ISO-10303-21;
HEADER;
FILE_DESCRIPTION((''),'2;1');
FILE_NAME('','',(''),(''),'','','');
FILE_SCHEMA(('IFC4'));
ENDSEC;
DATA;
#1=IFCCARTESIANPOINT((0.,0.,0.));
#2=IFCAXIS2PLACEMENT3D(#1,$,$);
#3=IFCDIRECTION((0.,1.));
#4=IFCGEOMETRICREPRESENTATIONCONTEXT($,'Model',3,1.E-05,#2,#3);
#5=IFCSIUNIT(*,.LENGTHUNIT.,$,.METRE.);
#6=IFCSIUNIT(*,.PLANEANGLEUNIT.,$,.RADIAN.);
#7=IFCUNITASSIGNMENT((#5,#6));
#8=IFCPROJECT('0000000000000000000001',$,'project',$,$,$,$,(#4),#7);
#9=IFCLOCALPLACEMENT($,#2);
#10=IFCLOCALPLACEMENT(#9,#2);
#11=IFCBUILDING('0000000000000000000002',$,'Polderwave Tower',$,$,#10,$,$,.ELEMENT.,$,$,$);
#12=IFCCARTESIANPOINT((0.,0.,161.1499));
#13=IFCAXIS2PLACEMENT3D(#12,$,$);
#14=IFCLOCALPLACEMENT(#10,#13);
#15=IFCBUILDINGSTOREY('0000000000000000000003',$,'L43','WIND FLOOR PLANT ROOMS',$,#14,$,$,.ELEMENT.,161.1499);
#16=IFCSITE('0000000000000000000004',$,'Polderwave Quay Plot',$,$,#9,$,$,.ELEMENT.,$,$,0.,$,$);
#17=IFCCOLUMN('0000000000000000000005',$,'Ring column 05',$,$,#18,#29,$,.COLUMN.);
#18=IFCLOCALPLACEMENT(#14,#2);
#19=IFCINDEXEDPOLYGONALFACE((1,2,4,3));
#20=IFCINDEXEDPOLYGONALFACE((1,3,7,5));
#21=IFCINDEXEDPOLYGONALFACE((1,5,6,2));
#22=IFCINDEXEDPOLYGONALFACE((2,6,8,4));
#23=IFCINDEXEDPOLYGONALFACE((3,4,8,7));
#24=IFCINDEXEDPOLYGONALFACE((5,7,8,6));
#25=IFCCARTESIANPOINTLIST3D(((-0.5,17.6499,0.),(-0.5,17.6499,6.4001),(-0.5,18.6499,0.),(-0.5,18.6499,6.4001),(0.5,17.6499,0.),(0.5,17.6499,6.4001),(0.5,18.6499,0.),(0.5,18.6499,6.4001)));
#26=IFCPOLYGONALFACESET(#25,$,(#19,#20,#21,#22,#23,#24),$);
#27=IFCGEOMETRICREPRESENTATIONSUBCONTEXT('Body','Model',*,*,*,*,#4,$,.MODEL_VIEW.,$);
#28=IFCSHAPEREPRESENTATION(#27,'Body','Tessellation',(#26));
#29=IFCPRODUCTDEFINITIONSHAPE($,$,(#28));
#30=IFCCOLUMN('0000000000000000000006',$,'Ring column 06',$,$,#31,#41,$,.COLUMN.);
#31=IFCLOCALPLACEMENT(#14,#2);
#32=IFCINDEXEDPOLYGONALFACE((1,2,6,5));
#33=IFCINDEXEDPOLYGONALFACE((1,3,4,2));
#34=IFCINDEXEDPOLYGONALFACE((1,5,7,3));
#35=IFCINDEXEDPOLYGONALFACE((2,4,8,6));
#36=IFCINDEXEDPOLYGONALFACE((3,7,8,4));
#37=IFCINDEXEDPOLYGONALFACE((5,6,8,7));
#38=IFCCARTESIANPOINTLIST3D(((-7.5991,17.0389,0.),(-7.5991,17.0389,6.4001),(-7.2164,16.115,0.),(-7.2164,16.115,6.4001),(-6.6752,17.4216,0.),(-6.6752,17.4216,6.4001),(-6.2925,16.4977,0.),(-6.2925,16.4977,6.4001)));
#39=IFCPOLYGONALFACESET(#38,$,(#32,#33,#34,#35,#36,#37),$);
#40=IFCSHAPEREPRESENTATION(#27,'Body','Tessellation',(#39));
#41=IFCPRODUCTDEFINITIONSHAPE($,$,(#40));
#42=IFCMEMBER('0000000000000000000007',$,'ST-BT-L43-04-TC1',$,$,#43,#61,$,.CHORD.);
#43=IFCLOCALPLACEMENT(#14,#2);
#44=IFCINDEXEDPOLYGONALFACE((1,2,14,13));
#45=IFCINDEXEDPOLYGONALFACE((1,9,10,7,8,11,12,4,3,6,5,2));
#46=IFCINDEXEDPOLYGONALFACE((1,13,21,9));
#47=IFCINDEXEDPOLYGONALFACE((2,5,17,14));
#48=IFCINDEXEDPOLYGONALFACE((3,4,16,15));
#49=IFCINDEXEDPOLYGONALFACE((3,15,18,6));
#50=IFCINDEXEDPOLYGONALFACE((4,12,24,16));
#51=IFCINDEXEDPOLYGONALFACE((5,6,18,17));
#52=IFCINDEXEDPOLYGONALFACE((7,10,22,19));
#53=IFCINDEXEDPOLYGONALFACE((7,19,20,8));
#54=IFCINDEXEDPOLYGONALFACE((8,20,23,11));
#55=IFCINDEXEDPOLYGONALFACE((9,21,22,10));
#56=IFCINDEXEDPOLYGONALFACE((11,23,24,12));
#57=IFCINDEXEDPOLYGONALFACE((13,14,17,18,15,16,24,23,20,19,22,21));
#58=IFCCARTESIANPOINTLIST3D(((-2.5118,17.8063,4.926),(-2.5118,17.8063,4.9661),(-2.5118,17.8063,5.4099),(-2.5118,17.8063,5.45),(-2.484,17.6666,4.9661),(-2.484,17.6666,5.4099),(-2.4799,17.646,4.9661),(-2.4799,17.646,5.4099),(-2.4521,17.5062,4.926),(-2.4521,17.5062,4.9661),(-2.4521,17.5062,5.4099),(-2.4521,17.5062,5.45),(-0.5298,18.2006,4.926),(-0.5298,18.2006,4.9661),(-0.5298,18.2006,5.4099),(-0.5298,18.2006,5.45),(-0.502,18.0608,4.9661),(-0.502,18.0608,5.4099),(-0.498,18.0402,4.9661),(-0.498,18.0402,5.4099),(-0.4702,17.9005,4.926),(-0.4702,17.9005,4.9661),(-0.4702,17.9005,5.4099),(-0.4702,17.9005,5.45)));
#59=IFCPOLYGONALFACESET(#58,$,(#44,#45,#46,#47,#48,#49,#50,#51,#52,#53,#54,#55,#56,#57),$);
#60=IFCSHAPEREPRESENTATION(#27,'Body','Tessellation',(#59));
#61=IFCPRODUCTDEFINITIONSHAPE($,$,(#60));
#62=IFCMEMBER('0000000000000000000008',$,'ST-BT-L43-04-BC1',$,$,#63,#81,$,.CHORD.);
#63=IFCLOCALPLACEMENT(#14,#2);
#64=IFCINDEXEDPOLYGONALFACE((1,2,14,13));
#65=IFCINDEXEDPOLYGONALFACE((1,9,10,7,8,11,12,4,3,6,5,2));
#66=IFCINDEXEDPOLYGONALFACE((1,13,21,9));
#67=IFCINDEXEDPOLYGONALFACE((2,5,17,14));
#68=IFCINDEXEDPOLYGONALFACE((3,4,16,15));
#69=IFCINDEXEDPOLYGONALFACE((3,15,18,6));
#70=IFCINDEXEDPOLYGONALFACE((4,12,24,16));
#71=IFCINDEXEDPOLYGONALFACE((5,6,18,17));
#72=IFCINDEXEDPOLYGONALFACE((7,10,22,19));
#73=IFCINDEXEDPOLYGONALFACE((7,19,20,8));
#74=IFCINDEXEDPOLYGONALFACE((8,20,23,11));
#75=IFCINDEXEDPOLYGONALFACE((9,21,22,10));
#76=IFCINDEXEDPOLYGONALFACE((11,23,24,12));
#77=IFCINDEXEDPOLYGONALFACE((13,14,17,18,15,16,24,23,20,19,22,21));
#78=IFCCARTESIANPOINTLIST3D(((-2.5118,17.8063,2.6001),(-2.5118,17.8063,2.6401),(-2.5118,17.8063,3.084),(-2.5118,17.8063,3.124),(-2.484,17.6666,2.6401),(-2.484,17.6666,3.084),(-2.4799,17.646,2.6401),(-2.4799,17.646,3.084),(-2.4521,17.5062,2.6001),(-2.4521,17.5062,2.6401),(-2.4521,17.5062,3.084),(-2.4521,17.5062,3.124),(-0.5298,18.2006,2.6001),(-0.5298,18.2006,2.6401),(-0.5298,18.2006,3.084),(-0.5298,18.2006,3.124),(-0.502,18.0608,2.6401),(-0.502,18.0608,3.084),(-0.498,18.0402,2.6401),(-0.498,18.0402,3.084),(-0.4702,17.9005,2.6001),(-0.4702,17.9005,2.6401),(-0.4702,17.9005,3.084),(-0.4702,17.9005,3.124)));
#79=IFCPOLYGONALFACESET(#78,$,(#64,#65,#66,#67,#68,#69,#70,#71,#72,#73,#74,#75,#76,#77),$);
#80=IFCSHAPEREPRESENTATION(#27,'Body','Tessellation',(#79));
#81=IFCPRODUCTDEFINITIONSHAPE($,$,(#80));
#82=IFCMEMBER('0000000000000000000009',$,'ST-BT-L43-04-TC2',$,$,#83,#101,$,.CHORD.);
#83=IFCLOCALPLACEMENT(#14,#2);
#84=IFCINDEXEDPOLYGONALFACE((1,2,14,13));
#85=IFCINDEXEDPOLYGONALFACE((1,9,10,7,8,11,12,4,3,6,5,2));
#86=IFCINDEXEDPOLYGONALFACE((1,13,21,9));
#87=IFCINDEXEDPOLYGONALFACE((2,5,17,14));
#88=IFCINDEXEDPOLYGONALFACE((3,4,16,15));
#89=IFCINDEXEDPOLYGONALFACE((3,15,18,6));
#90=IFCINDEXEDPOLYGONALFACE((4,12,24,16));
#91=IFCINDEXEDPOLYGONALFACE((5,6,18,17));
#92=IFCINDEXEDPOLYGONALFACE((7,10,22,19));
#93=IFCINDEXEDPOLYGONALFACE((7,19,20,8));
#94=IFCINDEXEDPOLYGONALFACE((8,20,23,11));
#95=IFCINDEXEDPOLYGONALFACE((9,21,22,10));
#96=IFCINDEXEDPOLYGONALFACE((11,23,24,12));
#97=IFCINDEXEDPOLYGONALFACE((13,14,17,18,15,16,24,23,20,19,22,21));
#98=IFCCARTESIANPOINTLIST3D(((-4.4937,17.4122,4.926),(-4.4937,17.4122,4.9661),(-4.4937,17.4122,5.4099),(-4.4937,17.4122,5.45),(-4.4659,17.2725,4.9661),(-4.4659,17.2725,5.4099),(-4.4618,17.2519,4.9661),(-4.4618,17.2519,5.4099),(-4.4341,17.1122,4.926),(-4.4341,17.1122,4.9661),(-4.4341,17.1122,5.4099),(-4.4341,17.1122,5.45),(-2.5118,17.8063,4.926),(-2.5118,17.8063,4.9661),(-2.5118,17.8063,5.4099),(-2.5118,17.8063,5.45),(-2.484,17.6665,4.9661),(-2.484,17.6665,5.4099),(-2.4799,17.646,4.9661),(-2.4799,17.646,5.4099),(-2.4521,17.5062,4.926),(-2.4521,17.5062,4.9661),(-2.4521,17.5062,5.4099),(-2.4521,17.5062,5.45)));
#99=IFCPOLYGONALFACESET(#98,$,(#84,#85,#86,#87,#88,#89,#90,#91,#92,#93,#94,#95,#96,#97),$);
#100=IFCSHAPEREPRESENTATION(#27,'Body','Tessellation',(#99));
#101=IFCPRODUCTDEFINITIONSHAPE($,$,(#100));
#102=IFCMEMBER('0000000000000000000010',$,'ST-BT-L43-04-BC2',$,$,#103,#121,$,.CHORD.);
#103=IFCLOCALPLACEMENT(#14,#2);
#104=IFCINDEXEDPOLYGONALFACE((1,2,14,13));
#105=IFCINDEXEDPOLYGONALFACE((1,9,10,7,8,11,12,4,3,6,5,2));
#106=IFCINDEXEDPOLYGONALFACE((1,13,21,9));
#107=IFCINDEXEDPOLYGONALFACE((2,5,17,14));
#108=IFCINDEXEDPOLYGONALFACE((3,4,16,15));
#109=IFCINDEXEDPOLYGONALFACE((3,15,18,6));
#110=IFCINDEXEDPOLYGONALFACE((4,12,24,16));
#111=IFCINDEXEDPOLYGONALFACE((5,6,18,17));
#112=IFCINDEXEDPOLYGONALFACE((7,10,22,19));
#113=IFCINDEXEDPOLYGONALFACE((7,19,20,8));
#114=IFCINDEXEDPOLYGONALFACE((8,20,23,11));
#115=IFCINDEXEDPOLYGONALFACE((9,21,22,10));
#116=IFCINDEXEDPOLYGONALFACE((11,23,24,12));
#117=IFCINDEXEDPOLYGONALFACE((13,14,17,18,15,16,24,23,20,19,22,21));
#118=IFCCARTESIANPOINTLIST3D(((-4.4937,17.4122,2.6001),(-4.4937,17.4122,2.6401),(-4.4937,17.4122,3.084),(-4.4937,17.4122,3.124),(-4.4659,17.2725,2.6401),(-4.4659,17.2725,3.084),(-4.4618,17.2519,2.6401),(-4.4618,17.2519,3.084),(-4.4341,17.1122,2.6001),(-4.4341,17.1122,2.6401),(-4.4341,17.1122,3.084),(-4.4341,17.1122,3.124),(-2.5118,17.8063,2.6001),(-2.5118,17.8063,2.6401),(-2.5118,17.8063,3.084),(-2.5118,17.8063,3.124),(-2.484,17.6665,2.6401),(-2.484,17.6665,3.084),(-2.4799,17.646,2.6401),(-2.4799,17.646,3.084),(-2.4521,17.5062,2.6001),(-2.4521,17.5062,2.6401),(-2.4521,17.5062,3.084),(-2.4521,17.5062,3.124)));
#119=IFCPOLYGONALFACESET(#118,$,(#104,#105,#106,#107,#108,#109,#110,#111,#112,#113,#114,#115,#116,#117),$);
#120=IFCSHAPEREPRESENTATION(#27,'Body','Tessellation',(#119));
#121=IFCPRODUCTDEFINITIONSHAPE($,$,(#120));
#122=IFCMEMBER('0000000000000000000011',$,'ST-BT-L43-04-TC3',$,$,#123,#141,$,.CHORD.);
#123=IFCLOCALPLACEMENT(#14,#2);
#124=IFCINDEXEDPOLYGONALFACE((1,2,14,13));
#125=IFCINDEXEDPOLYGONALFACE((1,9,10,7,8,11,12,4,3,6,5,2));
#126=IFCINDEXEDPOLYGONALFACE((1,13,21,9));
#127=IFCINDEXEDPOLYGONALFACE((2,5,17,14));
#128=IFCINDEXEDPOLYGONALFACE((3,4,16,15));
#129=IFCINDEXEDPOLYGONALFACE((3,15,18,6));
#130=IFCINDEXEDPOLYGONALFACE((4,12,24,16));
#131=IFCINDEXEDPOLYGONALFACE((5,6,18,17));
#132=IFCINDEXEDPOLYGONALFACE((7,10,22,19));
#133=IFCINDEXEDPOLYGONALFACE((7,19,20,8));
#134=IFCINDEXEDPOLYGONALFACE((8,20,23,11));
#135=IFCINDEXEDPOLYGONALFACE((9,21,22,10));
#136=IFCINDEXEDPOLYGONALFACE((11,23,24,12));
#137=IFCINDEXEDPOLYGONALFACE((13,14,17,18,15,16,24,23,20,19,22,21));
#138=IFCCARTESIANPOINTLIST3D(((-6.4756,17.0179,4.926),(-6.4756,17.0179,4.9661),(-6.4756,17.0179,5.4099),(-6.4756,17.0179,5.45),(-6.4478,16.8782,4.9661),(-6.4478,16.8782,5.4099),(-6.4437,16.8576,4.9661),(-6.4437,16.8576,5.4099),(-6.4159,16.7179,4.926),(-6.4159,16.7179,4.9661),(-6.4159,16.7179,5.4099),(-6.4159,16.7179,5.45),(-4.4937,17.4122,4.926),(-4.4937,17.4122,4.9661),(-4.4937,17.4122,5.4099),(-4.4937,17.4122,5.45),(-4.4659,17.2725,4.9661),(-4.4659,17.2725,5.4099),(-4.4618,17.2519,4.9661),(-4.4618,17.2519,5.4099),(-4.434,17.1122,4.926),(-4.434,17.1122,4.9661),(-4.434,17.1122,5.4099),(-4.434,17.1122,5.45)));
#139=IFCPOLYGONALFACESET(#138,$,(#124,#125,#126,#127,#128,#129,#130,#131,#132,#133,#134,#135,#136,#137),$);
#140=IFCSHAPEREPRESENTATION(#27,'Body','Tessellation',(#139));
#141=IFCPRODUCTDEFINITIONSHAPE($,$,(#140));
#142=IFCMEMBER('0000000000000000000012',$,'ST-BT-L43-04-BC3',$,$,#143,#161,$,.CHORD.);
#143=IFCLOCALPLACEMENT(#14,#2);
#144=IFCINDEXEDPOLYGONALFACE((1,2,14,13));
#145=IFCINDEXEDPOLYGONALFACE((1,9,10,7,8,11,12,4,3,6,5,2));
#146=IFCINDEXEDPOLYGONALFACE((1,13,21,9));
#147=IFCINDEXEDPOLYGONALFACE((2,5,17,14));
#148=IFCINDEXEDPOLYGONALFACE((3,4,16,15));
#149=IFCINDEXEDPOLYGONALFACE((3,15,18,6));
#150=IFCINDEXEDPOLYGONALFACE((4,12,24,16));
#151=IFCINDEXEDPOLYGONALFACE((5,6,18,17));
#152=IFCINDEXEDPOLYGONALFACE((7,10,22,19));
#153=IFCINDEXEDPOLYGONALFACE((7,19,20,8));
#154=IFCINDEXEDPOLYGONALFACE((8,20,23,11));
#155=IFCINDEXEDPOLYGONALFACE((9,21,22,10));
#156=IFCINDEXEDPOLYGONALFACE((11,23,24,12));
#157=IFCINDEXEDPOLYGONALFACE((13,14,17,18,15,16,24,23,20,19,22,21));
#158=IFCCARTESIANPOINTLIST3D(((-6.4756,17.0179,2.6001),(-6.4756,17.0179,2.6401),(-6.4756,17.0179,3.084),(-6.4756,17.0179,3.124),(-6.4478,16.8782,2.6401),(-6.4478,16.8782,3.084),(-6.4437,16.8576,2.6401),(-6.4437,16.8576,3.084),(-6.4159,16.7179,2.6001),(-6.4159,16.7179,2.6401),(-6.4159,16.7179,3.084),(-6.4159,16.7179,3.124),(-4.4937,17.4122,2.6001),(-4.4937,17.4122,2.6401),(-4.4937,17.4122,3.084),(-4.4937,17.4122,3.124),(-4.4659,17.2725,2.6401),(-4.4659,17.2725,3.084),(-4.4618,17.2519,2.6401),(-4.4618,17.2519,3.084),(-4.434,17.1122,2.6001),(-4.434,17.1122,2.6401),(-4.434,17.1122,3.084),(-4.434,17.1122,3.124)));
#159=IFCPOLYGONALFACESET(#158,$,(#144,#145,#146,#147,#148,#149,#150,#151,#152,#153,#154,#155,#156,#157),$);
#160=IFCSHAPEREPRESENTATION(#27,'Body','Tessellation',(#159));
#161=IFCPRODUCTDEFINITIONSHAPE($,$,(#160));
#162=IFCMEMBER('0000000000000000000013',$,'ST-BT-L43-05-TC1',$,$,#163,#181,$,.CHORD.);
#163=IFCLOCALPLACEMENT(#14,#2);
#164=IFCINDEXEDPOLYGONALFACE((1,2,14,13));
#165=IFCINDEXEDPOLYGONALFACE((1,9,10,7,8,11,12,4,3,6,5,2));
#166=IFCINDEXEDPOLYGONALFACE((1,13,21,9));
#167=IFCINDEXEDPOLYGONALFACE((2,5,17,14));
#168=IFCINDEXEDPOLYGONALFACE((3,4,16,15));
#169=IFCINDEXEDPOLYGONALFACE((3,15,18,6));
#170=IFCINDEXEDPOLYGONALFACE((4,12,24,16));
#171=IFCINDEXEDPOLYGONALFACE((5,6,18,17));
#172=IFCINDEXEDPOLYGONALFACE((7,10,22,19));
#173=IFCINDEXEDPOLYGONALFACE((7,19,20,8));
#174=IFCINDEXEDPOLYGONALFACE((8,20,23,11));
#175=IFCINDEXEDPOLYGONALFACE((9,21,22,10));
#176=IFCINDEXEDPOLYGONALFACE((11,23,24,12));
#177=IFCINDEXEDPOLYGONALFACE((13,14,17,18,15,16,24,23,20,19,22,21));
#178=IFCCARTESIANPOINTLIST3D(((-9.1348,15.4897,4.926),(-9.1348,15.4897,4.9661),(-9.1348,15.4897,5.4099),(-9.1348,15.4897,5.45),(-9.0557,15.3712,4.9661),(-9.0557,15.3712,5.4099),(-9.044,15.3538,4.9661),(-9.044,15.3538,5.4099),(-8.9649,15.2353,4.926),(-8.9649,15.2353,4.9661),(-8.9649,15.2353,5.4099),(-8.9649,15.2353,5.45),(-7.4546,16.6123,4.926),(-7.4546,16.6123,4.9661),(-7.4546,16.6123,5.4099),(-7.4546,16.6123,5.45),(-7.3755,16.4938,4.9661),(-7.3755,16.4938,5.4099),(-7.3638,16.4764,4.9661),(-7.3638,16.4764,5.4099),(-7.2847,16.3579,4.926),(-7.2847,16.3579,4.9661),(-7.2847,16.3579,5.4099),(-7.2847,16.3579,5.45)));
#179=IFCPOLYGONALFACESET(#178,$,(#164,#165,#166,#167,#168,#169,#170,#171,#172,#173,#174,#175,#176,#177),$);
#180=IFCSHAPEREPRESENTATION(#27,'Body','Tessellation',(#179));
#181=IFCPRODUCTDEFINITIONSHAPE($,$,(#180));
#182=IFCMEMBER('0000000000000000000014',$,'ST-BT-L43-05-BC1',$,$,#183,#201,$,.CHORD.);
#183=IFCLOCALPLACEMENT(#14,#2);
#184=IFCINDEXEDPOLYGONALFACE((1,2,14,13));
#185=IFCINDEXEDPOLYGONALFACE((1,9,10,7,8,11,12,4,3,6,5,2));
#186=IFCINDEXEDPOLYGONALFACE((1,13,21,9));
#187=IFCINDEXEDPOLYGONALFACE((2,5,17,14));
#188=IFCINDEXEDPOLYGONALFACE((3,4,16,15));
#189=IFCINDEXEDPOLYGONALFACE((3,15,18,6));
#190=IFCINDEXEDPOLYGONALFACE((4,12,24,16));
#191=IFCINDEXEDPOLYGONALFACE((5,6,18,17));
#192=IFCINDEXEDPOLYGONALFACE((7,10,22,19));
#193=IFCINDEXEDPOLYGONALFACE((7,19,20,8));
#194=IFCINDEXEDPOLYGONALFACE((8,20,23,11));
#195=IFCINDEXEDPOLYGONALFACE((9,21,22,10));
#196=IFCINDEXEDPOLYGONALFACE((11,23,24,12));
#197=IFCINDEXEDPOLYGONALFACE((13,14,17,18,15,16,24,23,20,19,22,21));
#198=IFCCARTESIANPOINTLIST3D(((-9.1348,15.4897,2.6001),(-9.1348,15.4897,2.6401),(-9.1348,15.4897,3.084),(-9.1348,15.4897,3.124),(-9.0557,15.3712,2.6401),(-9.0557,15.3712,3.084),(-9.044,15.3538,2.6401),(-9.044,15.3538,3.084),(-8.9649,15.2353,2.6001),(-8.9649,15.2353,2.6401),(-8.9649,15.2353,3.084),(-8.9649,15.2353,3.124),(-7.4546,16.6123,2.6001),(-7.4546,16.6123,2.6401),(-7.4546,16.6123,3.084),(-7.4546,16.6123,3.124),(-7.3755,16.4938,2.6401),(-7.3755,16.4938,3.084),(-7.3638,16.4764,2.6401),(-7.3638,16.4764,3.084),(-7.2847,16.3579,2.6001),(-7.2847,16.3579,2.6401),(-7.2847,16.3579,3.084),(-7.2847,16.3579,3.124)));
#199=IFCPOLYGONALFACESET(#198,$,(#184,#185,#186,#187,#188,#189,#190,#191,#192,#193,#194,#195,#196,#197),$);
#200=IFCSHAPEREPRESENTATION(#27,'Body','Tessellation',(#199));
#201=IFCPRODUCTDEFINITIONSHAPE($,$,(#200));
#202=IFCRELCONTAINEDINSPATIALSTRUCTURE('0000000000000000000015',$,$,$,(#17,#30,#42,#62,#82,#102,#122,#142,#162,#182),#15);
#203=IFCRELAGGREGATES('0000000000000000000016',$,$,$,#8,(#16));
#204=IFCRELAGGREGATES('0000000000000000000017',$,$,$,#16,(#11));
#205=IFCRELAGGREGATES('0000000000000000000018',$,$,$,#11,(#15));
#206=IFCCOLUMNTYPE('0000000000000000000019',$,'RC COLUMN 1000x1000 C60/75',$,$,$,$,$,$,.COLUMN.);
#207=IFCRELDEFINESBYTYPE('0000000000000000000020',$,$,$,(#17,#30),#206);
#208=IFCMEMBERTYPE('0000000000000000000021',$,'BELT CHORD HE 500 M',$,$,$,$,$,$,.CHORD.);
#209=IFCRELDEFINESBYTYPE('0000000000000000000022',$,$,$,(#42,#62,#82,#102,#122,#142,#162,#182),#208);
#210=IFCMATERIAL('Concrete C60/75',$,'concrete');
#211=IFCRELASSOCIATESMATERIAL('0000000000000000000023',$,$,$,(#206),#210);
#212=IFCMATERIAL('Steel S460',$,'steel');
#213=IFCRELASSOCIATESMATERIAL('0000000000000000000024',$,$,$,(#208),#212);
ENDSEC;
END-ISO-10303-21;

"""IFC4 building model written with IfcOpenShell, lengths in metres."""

from ifc_helpers import new_model, si_unit, direction, frame, origin, origin_2d, place, context, subcontext, project, spatial, rectangle, i_section, extrude, material, material_profile, profile_set, type_object, element, save


model = new_model("IFC4")

# Units and contexts
model_context = context("Model", 3, precision=1e-05, world=origin(), true_north=direction((0.0, 1.0)))
body_context = subcontext(model_context, "Body", "Model", "MODEL_VIEW")
ifc_project = project(units=[si_unit("LENGTHUNIT", "METRE"), si_unit("PLANEANGLEUNIT", "RADIAN")], contexts=[model_context])

# Site, building, storey
site_placement = place(None, origin())
site = spatial("IfcSite", under=ifc_project, at=site_placement, Name="Polderwave Quay Plot", CompositionType="ELEMENT", RefElevation=0.0)
building_placement = place(site_placement, origin())
building = spatial("IfcBuilding", under=site, at=building_placement, Name="Polderwave Tower", CompositionType="ELEMENT")
storey_placement = place(building_placement, frame((0.0, 0.0, 161.1499)))
storey = spatial("IfcBuildingStorey", under=building, at=storey_placement, Name="L43", Description="WIND FLOOR PLANT ROOMS", CompositionType="ELEMENT", Elevation=161.1499)

# Columns
ifc_material_1 = material(Name="Concrete C60/75", Category="concrete")
ifc_material_profile_1 = material_profile(ifc_material_1, rectangle(XDim=1.0, YDim=1.0, at=origin_2d()), Name="RC 1000x1000")
ifc_profile_set_1 = profile_set([ifc_material_profile_1], Name="Concrete C60/75")
column_type = type_object("IfcColumnType", Name="RC COLUMN 1000x1000 C60/75", PredefinedType="COLUMN", material=ifc_profile_set_1)
for number, where, z_axis, x_axis, name in (
    (1, (0.0, 18.1499, 0.0), (0.0, 0.0, 1.0), (0.0, 1.0, 0.0), "Ring column 05"),
    (2, (-6.9458, 16.7683, 0.0), (0.0, 0.0, 1.0), (-0.382683, 0.92388, 0.0), "Ring column 06"),
):
    element("IfcColumn", number, at=place(storey_placement, frame(where, z_axis=z_axis, x_axis=x_axis)), inside=storey, type_object=column_type, Name=name, PredefinedType="COLUMN", context=body_context, shape_type="SweptSolid", body=[
        extrude(rectangle(XDim=1.0, YDim=1.0, at=origin_2d()), origin(), (0.0, 0.0, 1.0), 6.4001),
    ])

# Members
ifc_material_2 = material(Name="Steel S460", Category="steel")
ifc_material_profile_2 = material_profile(ifc_material_2, i_section(OverallWidth=0.3059, OverallDepth=0.5239, WebThickness=0.021, FlangeThickness=0.04, at=origin_2d()), Name="HE 500 M")
ifc_profile_set_2 = profile_set([ifc_material_profile_2], Name="Steel S460")
member_type_1 = type_object("IfcMemberType", Name="BELT CHORD HE 500 M", PredefinedType="CHORD", material=ifc_profile_set_2)
for number, where, z_axis, x_axis, name in (
    (3, (-0.5, 18.0505, 5.188), (-0.98078, -0.195117, 0.0), (0.195117, -0.98078, 0.0), "ST-BT-L43-04-TC1"),
    (4, (-0.5, 18.0505, 2.8621), (-0.98078, -0.195117, 0.0), (0.195117, -0.98078, 0.0), "ST-BT-L43-04-BC1"),
    (5, (-2.4819, 17.6562, 5.188), (-0.980803, -0.195001, 0.0), (0.195001, -0.980803, 0.0), "ST-BT-L43-04-TC2"),
    (6, (-2.4819, 17.6562, 2.8621), (-0.980803, -0.195001, 0.0), (0.195001, -0.980803, 0.0), "ST-BT-L43-04-BC2"),
    (7, (-4.4639, 17.2622, 5.188), (-0.98078, -0.195117, 0.0), (0.195117, -0.98078, 0.0), "ST-BT-L43-04-TC3"),
    (8, (-4.4639, 17.2622, 2.8621), (-0.98078, -0.195117, 0.0), (0.195117, -0.98078, 0.0), "ST-BT-L43-04-BC3"),
    (9, (-7.3696, 16.4851, 5.188), (-0.831492, -0.555536, 0.0), (0.555536, -0.831492, 0.0), "ST-BT-L43-05-TC1"),
    (10, (-7.3696, 16.4851, 2.8621), (-0.831492, -0.555536, 0.0), (0.555536, -0.831492, 0.0), "ST-BT-L43-05-BC1"),
):
    element("IfcMember", number, at=place(storey_placement, frame(where, z_axis=z_axis, x_axis=x_axis)), inside=storey, type_object=member_type_1, Name=name, PredefinedType="CHORD", context=body_context, shape_type="SweptSolid", body=[
        extrude(i_section(OverallWidth=0.3059, OverallDepth=0.5239, WebThickness=0.021, FlangeThickness=0.04, at=origin_2d()), origin(), (0.0, 0.0, 1.0), 2.0208),
    ])

save(model, "model.ifc")
